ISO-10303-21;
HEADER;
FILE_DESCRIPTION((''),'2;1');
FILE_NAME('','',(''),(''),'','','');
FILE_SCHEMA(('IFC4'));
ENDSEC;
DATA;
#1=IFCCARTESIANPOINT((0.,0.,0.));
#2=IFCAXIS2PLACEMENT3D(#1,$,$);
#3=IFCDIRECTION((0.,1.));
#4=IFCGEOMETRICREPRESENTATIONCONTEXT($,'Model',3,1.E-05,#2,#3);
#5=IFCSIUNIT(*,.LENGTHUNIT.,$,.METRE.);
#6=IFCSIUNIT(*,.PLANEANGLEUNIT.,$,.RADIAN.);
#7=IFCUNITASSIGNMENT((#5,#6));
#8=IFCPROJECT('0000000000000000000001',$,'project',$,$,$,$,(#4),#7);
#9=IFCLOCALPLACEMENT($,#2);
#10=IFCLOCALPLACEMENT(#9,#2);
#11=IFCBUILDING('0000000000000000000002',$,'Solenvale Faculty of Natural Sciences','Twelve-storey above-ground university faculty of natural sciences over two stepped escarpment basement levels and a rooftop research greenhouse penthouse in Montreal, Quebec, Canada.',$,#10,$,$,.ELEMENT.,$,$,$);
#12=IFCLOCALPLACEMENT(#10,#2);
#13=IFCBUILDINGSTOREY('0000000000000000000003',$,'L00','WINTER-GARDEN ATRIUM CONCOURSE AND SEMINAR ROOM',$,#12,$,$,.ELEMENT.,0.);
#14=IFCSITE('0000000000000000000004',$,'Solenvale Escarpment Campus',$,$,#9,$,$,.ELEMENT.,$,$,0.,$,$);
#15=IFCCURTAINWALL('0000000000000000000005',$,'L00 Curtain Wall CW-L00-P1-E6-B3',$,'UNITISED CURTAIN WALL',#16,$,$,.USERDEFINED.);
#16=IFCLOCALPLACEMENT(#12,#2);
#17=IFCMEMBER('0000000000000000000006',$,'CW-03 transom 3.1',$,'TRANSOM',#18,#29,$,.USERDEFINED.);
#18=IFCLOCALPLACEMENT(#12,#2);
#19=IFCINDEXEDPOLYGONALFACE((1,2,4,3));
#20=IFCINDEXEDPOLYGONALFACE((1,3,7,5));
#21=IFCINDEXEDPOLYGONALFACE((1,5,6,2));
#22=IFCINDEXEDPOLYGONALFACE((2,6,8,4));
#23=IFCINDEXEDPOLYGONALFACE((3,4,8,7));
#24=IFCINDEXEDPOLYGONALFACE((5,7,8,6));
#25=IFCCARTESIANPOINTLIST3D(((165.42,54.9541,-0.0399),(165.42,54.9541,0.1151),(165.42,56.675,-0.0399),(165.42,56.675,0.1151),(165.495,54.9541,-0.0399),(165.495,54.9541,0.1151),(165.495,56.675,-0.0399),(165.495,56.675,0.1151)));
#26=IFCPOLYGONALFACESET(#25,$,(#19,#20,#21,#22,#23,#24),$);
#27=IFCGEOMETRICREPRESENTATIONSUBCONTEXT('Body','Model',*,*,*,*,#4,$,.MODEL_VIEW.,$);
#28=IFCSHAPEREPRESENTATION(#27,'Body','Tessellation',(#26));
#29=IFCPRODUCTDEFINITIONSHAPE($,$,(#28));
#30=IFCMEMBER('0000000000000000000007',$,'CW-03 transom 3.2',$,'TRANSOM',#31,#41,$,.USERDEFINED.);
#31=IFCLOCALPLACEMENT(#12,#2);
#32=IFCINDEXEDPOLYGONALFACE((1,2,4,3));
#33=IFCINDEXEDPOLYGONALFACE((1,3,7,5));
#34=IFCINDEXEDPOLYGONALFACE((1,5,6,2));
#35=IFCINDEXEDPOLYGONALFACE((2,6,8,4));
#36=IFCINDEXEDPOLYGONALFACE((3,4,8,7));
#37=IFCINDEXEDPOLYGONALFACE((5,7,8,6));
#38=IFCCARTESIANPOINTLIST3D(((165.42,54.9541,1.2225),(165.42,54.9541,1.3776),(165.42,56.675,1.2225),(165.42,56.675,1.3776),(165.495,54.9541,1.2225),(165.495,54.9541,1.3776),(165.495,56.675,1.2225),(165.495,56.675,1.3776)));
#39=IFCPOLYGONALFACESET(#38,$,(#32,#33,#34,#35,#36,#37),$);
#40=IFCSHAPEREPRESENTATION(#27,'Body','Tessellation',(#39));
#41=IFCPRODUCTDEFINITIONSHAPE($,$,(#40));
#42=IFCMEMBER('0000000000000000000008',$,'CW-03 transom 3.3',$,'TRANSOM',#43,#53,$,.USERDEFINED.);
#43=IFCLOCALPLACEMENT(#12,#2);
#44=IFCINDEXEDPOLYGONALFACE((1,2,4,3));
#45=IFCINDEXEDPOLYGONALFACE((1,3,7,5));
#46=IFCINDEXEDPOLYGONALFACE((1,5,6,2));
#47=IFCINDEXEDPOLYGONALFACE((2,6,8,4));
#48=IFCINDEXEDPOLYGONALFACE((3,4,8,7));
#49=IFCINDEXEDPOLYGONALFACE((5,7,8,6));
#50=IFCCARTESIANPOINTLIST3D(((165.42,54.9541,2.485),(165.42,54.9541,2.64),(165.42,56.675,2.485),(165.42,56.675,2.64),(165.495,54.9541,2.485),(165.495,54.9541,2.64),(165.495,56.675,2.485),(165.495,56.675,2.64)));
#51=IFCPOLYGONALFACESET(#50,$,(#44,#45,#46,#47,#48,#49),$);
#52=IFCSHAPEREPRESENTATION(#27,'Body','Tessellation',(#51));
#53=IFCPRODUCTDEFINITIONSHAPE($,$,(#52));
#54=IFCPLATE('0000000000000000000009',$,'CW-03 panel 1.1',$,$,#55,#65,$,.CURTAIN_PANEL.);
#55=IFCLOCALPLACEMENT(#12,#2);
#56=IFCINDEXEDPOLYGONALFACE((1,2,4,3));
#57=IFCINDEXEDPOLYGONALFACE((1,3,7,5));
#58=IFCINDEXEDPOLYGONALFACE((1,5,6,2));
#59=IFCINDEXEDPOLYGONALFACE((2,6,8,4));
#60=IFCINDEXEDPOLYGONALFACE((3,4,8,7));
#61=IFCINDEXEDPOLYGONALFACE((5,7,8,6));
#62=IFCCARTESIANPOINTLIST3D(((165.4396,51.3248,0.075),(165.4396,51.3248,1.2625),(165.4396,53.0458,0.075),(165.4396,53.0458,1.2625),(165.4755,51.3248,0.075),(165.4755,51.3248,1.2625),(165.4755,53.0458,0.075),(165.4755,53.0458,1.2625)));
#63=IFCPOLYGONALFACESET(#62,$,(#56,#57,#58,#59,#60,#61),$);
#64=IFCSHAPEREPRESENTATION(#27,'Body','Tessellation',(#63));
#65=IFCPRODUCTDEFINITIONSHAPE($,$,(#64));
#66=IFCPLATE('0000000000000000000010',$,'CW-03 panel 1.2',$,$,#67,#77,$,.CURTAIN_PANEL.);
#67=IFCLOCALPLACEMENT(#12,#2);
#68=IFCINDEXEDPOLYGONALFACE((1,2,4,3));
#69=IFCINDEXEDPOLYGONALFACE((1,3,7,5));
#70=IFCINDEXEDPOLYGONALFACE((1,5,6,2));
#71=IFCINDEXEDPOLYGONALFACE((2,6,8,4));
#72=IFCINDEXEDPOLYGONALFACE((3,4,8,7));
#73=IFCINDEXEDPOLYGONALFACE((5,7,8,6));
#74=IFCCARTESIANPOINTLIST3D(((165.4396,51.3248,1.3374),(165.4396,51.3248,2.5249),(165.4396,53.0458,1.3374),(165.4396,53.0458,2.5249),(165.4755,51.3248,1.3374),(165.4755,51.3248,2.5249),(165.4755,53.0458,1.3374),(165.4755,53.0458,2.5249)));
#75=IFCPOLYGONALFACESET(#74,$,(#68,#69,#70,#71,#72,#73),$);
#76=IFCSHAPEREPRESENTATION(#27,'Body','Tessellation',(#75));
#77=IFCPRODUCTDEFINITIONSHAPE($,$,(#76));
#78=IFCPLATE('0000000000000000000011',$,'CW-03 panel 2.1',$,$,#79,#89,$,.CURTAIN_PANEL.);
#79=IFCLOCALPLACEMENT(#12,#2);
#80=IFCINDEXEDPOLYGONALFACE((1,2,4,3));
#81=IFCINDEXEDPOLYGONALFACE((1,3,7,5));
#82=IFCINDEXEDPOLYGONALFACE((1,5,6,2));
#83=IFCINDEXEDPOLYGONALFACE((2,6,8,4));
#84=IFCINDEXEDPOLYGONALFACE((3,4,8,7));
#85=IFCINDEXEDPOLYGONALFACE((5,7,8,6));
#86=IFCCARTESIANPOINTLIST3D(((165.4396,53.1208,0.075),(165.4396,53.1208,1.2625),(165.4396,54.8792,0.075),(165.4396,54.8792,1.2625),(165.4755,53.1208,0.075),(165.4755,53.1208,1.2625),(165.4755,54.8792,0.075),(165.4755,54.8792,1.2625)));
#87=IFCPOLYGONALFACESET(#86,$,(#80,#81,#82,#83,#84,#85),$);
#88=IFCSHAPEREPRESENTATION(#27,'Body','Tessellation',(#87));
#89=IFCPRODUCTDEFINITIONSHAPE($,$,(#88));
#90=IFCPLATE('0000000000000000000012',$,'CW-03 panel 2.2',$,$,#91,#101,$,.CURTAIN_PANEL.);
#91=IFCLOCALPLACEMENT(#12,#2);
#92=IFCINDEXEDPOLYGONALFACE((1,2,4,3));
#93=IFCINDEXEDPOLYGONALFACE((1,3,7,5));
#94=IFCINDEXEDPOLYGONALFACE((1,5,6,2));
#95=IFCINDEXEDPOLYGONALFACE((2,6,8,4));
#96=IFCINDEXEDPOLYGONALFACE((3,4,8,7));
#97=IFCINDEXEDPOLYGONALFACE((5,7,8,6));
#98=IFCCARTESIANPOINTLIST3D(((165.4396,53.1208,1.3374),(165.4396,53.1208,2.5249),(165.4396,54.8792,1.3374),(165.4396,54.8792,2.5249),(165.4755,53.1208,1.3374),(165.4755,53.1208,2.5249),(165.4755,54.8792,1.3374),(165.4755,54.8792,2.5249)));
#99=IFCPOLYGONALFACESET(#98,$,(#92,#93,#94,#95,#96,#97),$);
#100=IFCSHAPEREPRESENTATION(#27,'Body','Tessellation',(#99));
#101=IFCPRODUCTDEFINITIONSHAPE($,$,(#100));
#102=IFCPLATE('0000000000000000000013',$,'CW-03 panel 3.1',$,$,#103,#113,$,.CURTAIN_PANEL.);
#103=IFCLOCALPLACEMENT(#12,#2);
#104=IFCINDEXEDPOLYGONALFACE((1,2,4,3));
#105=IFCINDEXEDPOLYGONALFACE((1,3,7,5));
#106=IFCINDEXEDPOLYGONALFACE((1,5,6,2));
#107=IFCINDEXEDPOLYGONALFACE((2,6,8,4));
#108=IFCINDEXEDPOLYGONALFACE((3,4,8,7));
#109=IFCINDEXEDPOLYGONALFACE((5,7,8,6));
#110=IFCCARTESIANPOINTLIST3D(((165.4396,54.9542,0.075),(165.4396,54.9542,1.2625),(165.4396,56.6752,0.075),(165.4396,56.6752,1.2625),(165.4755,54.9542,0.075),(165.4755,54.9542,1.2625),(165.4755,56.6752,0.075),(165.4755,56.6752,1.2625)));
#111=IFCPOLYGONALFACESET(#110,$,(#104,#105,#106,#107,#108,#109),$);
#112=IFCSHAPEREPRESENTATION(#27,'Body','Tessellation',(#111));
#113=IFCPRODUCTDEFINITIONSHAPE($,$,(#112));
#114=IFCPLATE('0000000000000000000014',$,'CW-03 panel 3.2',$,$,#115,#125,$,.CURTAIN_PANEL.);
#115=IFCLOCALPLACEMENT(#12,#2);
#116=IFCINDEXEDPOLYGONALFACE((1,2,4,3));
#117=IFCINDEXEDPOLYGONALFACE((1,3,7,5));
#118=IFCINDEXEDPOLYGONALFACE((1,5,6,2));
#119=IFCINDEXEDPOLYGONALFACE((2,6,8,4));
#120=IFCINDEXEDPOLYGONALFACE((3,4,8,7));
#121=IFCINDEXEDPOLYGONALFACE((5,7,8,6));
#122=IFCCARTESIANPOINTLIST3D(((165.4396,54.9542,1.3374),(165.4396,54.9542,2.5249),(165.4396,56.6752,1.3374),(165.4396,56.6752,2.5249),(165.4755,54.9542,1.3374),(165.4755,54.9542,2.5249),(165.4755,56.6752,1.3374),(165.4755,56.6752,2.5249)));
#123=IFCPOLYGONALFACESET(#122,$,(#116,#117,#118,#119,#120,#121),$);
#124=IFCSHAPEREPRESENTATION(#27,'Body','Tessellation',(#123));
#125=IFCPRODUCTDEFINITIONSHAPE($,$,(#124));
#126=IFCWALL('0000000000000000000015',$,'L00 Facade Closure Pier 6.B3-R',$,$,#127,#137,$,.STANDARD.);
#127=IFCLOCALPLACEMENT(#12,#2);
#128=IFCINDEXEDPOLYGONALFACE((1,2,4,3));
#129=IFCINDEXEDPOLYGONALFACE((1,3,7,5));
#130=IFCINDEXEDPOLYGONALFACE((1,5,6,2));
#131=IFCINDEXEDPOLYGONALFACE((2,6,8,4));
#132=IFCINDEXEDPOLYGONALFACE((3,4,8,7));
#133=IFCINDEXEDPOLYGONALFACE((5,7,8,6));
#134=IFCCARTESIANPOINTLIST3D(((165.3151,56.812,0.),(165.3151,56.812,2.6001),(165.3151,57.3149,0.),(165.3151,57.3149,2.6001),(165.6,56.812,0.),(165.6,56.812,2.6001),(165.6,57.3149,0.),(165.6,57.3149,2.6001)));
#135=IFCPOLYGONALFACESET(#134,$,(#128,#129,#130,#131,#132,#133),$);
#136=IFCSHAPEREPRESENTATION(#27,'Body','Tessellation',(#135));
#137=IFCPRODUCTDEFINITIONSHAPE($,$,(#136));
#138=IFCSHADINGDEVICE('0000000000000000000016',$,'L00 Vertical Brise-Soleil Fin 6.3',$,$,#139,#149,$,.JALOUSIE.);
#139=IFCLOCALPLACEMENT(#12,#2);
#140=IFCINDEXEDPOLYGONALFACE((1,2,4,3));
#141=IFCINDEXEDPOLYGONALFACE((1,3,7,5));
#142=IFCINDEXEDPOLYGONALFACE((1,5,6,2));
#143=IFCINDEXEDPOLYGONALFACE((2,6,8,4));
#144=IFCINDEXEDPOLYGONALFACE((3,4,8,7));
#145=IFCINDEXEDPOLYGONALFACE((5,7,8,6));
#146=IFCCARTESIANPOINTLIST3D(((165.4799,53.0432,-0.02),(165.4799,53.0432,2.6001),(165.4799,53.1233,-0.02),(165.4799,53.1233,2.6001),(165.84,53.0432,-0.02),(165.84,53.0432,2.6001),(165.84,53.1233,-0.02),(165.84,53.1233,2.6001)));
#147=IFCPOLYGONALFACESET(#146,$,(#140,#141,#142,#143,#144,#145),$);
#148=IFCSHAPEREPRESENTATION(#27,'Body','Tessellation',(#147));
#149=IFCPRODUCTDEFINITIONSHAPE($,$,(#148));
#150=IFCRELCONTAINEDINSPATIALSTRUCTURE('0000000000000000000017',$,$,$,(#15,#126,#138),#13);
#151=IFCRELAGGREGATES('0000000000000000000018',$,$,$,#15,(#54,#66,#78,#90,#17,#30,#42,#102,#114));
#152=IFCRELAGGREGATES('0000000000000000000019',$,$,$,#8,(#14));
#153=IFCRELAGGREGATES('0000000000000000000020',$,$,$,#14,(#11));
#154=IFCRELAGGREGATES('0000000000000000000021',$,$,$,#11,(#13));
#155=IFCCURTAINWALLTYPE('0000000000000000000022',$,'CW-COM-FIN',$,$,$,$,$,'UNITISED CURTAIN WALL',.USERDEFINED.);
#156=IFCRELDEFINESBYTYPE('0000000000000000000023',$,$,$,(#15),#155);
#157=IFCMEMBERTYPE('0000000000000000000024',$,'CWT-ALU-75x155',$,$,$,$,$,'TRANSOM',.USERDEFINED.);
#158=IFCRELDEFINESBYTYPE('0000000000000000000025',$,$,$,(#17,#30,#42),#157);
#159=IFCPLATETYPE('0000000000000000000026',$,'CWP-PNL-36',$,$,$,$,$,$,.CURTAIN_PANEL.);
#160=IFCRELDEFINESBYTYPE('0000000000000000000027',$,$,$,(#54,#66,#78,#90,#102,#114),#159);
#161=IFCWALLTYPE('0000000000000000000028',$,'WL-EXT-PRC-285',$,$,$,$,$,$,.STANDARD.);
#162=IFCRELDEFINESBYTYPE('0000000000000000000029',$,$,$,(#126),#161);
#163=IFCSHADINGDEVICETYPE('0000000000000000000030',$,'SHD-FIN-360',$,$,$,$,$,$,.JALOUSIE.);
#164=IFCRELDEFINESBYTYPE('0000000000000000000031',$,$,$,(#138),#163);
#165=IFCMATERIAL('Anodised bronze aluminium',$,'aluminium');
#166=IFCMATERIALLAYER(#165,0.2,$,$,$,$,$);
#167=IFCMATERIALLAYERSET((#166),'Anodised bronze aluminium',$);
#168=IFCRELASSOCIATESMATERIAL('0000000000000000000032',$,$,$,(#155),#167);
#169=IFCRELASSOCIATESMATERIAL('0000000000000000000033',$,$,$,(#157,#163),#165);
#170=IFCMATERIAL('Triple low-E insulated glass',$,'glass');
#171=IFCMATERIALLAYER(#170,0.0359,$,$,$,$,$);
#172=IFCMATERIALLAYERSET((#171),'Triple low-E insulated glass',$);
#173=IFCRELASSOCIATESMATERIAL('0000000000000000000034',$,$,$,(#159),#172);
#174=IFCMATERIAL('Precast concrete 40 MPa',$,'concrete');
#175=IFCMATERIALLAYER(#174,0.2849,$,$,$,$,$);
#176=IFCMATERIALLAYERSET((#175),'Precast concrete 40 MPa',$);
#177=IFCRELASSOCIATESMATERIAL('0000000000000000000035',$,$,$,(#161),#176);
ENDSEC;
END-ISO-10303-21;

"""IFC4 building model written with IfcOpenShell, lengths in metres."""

from ifc_helpers import new_model, si_unit, direction, frame, frame_2d, origin, origin_2d, place, context, subcontext, project, spatial, rectangle, extrude, material, layer, layer_set, material_profile, profile_set, type_object, element, aggregate, save


model = new_model("IFC4")

# Units and contexts
model_context = context("Model", 3, precision=1e-05, world=origin(), true_north=direction((0.0, 1.0)))
body_context = subcontext(model_context, "Body", "Model", "MODEL_VIEW")
ifc_project = project(units=[si_unit("LENGTHUNIT", "METRE"), si_unit("PLANEANGLEUNIT", "RADIAN")], contexts=[model_context])

# Site, building, storey
site_placement = place(None, origin())
site = spatial("IfcSite", under=ifc_project, at=site_placement, Name="Solenvale Escarpment Campus", CompositionType="ELEMENT", RefElevation=0.0)
building_placement = place(site_placement, origin())
building = spatial("IfcBuilding", under=site, at=building_placement, Name="Solenvale Faculty of Natural Sciences", Description="Twelve-storey above-ground university faculty of natural sciences over two stepped escarpment basement levels and a rooftop research greenhouse penthouse in Montreal, Quebec, Canada.", CompositionType="ELEMENT")
storey_placement = place(building_placement, origin())
storey = spatial("IfcBuildingStorey", under=building, at=storey_placement, Name="L00", Description="WINTER-GARDEN ATRIUM CONCOURSE AND SEMINAR ROOM", CompositionType="ELEMENT", Elevation=0.0)

# Curtain wall, members, plates
ifc_material_1 = material(Name="Anodised bronze aluminium", Category="aluminium")
ifc_layer_1 = layer(ifc_material_1, 0.2)
ifc_layer_set_1 = layer_set([ifc_layer_1], Name="Anodised bronze aluminium")
curtain_wall_type = type_object("IfcCurtainWallType", Name="CW-COM-FIN", ElementType="UNITISED CURTAIN WALL", PredefinedType="USERDEFINED", material=ifc_layer_set_1)
curtain_wall_placement = place(storey_placement, origin())
curtain_wall = element("IfcCurtainWall", 1, at=curtain_wall_placement, inside=storey, type_object=curtain_wall_type, Name="L00 Curtain Wall CW-L00-P1-E6-B3", ObjectType="UNITISED CURTAIN WALL", PredefinedType="USERDEFINED")
ifc_material_profile_1 = material_profile(ifc_material_1, rectangle(XDim=0.075, YDim=0.155, at=origin_2d()), Name="ALU-TRN-75x155")
ifc_profile_set_1 = profile_set([ifc_material_profile_1], Name="Anodised bronze aluminium")
member_type_1 = type_object("IfcMemberType", Name="CWT-ALU-75x155", ElementType="TRANSOM", PredefinedType="USERDEFINED", material=ifc_profile_set_1)
member_1_placement = place(storey_placement, frame((165.4575, 54.9541, 0.0376), z_axis=(0.0, 1.0, 0.0), x_axis=(-1.0, 0.0, 0.0)))
member_1 = element("IfcMember", 2, at=member_1_placement, type_object=member_type_1, Name="CW-03 transom 3.1", ObjectType="TRANSOM", PredefinedType="USERDEFINED", context=body_context, shape_type="SweptSolid", body=[
    extrude(rectangle(XDim=0.075, YDim=0.155, at=origin_2d()), origin(), (0.0, 0.0, 1.0), 1.7209),
])
member_2_placement = place(storey_placement, frame((165.4575, 54.9541, 1.3), z_axis=(0.0, 1.0, 0.0), x_axis=(-1.0, 0.0, 0.0)))
member_2 = element("IfcMember", 3, at=member_2_placement, type_object=member_type_1, Name="CW-03 transom 3.2", ObjectType="TRANSOM", PredefinedType="USERDEFINED", context=body_context, shape_type="SweptSolid", body=[
    extrude(rectangle(XDim=0.075, YDim=0.155, at=origin_2d()), origin(), (0.0, 0.0, 1.0), 1.7209),
])
member_3_placement = place(storey_placement, frame((165.4575, 54.9541, 2.5625), z_axis=(0.0, 1.0, 0.0), x_axis=(-1.0, 0.0, 0.0)))
member_3 = element("IfcMember", 4, at=member_3_placement, type_object=member_type_1, Name="CW-03 transom 3.3", ObjectType="TRANSOM", PredefinedType="USERDEFINED", context=body_context, shape_type="SweptSolid", body=[
    extrude(rectangle(XDim=0.075, YDim=0.155, at=origin_2d()), origin(), (0.0, 0.0, 1.0), 1.7209),
])
ifc_material_2 = material(Name="Triple low-E insulated glass", Category="glass")
ifc_layer_2 = layer(ifc_material_2, 0.0359)
ifc_layer_set_2 = layer_set([ifc_layer_2], Name="Triple low-E insulated glass")
plate_type = type_object("IfcPlateType", Name="CWP-PNL-36", PredefinedType="CURTAIN_PANEL", material=ifc_layer_set_2)
plate_1_placement = place(storey_placement, frame((165.4575, 52.1853, 0.075), z_axis=(0.0, 0.0, 1.0), x_axis=(0.0, 1.0, 0.0)))
plate_1 = element("IfcPlate", 5, at=plate_1_placement, type_object=plate_type, Name="CW-03 panel 1.1", PredefinedType="CURTAIN_PANEL", context=body_context, shape_type="SweptSolid", body=[
    extrude(rectangle(XDim=1.7209, YDim=0.0359, at=origin_2d()), origin(), (0.0, 0.0, 1.0), 1.1875),
])
plate_2_placement = place(storey_placement, frame((165.4575, 52.1853, 1.3374), z_axis=(0.0, 0.0, 1.0), x_axis=(0.0, 1.0, 0.0)))
plate_2 = element("IfcPlate", 6, at=plate_2_placement, type_object=plate_type, Name="CW-03 panel 1.2", PredefinedType="CURTAIN_PANEL", context=body_context, shape_type="SweptSolid", body=[
    extrude(rectangle(XDim=1.7209, YDim=0.0359, at=origin_2d()), origin(), (0.0, 0.0, 1.0), 1.1875),
])
plate_3_placement = place(storey_placement, frame((165.4575, 54.0, 0.075), z_axis=(0.0, 0.0, 1.0), x_axis=(0.0, 1.0, 0.0)))
plate_3 = element("IfcPlate", 7, at=plate_3_placement, type_object=plate_type, Name="CW-03 panel 2.1", PredefinedType="CURTAIN_PANEL", context=body_context, shape_type="SweptSolid", body=[
    extrude(rectangle(XDim=1.7583, YDim=0.0359, at=origin_2d()), origin(), (0.0, 0.0, 1.0), 1.1875),
])
plate_4_placement = place(storey_placement, frame((165.4575, 54.0, 1.3374), z_axis=(0.0, 0.0, 1.0), x_axis=(0.0, 1.0, 0.0)))
plate_4 = element("IfcPlate", 8, at=plate_4_placement, type_object=plate_type, Name="CW-03 panel 2.2", PredefinedType="CURTAIN_PANEL", context=body_context, shape_type="SweptSolid", body=[
    extrude(rectangle(XDim=1.7583, YDim=0.0359, at=origin_2d()), origin(), (0.0, 0.0, 1.0), 1.1875),
])
plate_5_placement = place(storey_placement, frame((165.4575, 55.8147, 0.075), z_axis=(0.0, 0.0, 1.0), x_axis=(0.0, 1.0, 0.0)))
plate_5 = element("IfcPlate", 9, at=plate_5_placement, type_object=plate_type, Name="CW-03 panel 3.1", PredefinedType="CURTAIN_PANEL", context=body_context, shape_type="SweptSolid", body=[
    extrude(rectangle(XDim=1.7209, YDim=0.0359, at=origin_2d()), origin(), (0.0, 0.0, 1.0), 1.1875),
])
plate_6_placement = place(storey_placement, frame((165.4575, 55.8147, 1.3374), z_axis=(0.0, 0.0, 1.0), x_axis=(0.0, 1.0, 0.0)))
plate_6 = element("IfcPlate", 10, at=plate_6_placement, type_object=plate_type, Name="CW-03 panel 3.2", PredefinedType="CURTAIN_PANEL", context=body_context, shape_type="SweptSolid", body=[
    extrude(rectangle(XDim=1.7209, YDim=0.0359, at=origin_2d()), origin(), (0.0, 0.0, 1.0), 1.1875),
])
aggregate(curtain_wall, [plate_1, plate_2, plate_3, plate_4, member_1, member_2, member_3, plate_5, plate_6])

# Wall
ifc_material_3 = material(Name="Precast concrete 40 MPa", Category="concrete")
ifc_layer_3 = layer(ifc_material_3, 0.2849)
ifc_layer_set_3 = layer_set([ifc_layer_3], Name="Precast concrete 40 MPa")
wall_type = type_object("IfcWallType", Name="WL-EXT-PRC-285", PredefinedType="STANDARD", material=ifc_layer_set_3)
wall_placement = place(storey_placement, frame((165.4575, 56.812, 0.0), z_axis=(0.0, 0.0, 1.0), x_axis=(0.0, 1.0, 0.0)))
element("IfcWall", 11, at=wall_placement, inside=storey, type_object=wall_type, Name="L00 Facade Closure Pier 6.B3-R", PredefinedType="STANDARD", context=body_context, shape_type="SweptSolid", body=[
    extrude(rectangle(XDim=0.5029, YDim=0.2849, at=frame_2d((0.2515, 0.0))), origin(), (0.0, 0.0, 1.0), 2.6001),
])

# Shading device
ifc_material_profile_2 = material_profile(ifc_material_1, rectangle(XDim=0.0801, YDim=0.3601, at=origin_2d()), Name="ALU-FIN-80x360")
ifc_profile_set_2 = profile_set([ifc_material_profile_2], Name="Anodised bronze aluminium")
shading_device_type = type_object("IfcShadingDeviceType", Name="SHD-FIN-360", PredefinedType="JALOUSIE", material=ifc_profile_set_2)
shading_device_placement = place(storey_placement, frame((165.6599, 53.0833, -0.02), z_axis=(0.0, 0.0, 1.0), x_axis=(0.0, 1.0, 0.0)))
element("IfcShadingDevice", 12, at=shading_device_placement, inside=storey, type_object=shading_device_type, Name="L00 Vertical Brise-Soleil Fin 6.3", PredefinedType="JALOUSIE", context=body_context, shape_type="SweptSolid", body=[
    extrude(rectangle(XDim=0.0801, YDim=0.3601, at=origin_2d()), origin(), (0.0, 0.0, 1.0), 2.6201),
])

save(model, "model.ifc")
